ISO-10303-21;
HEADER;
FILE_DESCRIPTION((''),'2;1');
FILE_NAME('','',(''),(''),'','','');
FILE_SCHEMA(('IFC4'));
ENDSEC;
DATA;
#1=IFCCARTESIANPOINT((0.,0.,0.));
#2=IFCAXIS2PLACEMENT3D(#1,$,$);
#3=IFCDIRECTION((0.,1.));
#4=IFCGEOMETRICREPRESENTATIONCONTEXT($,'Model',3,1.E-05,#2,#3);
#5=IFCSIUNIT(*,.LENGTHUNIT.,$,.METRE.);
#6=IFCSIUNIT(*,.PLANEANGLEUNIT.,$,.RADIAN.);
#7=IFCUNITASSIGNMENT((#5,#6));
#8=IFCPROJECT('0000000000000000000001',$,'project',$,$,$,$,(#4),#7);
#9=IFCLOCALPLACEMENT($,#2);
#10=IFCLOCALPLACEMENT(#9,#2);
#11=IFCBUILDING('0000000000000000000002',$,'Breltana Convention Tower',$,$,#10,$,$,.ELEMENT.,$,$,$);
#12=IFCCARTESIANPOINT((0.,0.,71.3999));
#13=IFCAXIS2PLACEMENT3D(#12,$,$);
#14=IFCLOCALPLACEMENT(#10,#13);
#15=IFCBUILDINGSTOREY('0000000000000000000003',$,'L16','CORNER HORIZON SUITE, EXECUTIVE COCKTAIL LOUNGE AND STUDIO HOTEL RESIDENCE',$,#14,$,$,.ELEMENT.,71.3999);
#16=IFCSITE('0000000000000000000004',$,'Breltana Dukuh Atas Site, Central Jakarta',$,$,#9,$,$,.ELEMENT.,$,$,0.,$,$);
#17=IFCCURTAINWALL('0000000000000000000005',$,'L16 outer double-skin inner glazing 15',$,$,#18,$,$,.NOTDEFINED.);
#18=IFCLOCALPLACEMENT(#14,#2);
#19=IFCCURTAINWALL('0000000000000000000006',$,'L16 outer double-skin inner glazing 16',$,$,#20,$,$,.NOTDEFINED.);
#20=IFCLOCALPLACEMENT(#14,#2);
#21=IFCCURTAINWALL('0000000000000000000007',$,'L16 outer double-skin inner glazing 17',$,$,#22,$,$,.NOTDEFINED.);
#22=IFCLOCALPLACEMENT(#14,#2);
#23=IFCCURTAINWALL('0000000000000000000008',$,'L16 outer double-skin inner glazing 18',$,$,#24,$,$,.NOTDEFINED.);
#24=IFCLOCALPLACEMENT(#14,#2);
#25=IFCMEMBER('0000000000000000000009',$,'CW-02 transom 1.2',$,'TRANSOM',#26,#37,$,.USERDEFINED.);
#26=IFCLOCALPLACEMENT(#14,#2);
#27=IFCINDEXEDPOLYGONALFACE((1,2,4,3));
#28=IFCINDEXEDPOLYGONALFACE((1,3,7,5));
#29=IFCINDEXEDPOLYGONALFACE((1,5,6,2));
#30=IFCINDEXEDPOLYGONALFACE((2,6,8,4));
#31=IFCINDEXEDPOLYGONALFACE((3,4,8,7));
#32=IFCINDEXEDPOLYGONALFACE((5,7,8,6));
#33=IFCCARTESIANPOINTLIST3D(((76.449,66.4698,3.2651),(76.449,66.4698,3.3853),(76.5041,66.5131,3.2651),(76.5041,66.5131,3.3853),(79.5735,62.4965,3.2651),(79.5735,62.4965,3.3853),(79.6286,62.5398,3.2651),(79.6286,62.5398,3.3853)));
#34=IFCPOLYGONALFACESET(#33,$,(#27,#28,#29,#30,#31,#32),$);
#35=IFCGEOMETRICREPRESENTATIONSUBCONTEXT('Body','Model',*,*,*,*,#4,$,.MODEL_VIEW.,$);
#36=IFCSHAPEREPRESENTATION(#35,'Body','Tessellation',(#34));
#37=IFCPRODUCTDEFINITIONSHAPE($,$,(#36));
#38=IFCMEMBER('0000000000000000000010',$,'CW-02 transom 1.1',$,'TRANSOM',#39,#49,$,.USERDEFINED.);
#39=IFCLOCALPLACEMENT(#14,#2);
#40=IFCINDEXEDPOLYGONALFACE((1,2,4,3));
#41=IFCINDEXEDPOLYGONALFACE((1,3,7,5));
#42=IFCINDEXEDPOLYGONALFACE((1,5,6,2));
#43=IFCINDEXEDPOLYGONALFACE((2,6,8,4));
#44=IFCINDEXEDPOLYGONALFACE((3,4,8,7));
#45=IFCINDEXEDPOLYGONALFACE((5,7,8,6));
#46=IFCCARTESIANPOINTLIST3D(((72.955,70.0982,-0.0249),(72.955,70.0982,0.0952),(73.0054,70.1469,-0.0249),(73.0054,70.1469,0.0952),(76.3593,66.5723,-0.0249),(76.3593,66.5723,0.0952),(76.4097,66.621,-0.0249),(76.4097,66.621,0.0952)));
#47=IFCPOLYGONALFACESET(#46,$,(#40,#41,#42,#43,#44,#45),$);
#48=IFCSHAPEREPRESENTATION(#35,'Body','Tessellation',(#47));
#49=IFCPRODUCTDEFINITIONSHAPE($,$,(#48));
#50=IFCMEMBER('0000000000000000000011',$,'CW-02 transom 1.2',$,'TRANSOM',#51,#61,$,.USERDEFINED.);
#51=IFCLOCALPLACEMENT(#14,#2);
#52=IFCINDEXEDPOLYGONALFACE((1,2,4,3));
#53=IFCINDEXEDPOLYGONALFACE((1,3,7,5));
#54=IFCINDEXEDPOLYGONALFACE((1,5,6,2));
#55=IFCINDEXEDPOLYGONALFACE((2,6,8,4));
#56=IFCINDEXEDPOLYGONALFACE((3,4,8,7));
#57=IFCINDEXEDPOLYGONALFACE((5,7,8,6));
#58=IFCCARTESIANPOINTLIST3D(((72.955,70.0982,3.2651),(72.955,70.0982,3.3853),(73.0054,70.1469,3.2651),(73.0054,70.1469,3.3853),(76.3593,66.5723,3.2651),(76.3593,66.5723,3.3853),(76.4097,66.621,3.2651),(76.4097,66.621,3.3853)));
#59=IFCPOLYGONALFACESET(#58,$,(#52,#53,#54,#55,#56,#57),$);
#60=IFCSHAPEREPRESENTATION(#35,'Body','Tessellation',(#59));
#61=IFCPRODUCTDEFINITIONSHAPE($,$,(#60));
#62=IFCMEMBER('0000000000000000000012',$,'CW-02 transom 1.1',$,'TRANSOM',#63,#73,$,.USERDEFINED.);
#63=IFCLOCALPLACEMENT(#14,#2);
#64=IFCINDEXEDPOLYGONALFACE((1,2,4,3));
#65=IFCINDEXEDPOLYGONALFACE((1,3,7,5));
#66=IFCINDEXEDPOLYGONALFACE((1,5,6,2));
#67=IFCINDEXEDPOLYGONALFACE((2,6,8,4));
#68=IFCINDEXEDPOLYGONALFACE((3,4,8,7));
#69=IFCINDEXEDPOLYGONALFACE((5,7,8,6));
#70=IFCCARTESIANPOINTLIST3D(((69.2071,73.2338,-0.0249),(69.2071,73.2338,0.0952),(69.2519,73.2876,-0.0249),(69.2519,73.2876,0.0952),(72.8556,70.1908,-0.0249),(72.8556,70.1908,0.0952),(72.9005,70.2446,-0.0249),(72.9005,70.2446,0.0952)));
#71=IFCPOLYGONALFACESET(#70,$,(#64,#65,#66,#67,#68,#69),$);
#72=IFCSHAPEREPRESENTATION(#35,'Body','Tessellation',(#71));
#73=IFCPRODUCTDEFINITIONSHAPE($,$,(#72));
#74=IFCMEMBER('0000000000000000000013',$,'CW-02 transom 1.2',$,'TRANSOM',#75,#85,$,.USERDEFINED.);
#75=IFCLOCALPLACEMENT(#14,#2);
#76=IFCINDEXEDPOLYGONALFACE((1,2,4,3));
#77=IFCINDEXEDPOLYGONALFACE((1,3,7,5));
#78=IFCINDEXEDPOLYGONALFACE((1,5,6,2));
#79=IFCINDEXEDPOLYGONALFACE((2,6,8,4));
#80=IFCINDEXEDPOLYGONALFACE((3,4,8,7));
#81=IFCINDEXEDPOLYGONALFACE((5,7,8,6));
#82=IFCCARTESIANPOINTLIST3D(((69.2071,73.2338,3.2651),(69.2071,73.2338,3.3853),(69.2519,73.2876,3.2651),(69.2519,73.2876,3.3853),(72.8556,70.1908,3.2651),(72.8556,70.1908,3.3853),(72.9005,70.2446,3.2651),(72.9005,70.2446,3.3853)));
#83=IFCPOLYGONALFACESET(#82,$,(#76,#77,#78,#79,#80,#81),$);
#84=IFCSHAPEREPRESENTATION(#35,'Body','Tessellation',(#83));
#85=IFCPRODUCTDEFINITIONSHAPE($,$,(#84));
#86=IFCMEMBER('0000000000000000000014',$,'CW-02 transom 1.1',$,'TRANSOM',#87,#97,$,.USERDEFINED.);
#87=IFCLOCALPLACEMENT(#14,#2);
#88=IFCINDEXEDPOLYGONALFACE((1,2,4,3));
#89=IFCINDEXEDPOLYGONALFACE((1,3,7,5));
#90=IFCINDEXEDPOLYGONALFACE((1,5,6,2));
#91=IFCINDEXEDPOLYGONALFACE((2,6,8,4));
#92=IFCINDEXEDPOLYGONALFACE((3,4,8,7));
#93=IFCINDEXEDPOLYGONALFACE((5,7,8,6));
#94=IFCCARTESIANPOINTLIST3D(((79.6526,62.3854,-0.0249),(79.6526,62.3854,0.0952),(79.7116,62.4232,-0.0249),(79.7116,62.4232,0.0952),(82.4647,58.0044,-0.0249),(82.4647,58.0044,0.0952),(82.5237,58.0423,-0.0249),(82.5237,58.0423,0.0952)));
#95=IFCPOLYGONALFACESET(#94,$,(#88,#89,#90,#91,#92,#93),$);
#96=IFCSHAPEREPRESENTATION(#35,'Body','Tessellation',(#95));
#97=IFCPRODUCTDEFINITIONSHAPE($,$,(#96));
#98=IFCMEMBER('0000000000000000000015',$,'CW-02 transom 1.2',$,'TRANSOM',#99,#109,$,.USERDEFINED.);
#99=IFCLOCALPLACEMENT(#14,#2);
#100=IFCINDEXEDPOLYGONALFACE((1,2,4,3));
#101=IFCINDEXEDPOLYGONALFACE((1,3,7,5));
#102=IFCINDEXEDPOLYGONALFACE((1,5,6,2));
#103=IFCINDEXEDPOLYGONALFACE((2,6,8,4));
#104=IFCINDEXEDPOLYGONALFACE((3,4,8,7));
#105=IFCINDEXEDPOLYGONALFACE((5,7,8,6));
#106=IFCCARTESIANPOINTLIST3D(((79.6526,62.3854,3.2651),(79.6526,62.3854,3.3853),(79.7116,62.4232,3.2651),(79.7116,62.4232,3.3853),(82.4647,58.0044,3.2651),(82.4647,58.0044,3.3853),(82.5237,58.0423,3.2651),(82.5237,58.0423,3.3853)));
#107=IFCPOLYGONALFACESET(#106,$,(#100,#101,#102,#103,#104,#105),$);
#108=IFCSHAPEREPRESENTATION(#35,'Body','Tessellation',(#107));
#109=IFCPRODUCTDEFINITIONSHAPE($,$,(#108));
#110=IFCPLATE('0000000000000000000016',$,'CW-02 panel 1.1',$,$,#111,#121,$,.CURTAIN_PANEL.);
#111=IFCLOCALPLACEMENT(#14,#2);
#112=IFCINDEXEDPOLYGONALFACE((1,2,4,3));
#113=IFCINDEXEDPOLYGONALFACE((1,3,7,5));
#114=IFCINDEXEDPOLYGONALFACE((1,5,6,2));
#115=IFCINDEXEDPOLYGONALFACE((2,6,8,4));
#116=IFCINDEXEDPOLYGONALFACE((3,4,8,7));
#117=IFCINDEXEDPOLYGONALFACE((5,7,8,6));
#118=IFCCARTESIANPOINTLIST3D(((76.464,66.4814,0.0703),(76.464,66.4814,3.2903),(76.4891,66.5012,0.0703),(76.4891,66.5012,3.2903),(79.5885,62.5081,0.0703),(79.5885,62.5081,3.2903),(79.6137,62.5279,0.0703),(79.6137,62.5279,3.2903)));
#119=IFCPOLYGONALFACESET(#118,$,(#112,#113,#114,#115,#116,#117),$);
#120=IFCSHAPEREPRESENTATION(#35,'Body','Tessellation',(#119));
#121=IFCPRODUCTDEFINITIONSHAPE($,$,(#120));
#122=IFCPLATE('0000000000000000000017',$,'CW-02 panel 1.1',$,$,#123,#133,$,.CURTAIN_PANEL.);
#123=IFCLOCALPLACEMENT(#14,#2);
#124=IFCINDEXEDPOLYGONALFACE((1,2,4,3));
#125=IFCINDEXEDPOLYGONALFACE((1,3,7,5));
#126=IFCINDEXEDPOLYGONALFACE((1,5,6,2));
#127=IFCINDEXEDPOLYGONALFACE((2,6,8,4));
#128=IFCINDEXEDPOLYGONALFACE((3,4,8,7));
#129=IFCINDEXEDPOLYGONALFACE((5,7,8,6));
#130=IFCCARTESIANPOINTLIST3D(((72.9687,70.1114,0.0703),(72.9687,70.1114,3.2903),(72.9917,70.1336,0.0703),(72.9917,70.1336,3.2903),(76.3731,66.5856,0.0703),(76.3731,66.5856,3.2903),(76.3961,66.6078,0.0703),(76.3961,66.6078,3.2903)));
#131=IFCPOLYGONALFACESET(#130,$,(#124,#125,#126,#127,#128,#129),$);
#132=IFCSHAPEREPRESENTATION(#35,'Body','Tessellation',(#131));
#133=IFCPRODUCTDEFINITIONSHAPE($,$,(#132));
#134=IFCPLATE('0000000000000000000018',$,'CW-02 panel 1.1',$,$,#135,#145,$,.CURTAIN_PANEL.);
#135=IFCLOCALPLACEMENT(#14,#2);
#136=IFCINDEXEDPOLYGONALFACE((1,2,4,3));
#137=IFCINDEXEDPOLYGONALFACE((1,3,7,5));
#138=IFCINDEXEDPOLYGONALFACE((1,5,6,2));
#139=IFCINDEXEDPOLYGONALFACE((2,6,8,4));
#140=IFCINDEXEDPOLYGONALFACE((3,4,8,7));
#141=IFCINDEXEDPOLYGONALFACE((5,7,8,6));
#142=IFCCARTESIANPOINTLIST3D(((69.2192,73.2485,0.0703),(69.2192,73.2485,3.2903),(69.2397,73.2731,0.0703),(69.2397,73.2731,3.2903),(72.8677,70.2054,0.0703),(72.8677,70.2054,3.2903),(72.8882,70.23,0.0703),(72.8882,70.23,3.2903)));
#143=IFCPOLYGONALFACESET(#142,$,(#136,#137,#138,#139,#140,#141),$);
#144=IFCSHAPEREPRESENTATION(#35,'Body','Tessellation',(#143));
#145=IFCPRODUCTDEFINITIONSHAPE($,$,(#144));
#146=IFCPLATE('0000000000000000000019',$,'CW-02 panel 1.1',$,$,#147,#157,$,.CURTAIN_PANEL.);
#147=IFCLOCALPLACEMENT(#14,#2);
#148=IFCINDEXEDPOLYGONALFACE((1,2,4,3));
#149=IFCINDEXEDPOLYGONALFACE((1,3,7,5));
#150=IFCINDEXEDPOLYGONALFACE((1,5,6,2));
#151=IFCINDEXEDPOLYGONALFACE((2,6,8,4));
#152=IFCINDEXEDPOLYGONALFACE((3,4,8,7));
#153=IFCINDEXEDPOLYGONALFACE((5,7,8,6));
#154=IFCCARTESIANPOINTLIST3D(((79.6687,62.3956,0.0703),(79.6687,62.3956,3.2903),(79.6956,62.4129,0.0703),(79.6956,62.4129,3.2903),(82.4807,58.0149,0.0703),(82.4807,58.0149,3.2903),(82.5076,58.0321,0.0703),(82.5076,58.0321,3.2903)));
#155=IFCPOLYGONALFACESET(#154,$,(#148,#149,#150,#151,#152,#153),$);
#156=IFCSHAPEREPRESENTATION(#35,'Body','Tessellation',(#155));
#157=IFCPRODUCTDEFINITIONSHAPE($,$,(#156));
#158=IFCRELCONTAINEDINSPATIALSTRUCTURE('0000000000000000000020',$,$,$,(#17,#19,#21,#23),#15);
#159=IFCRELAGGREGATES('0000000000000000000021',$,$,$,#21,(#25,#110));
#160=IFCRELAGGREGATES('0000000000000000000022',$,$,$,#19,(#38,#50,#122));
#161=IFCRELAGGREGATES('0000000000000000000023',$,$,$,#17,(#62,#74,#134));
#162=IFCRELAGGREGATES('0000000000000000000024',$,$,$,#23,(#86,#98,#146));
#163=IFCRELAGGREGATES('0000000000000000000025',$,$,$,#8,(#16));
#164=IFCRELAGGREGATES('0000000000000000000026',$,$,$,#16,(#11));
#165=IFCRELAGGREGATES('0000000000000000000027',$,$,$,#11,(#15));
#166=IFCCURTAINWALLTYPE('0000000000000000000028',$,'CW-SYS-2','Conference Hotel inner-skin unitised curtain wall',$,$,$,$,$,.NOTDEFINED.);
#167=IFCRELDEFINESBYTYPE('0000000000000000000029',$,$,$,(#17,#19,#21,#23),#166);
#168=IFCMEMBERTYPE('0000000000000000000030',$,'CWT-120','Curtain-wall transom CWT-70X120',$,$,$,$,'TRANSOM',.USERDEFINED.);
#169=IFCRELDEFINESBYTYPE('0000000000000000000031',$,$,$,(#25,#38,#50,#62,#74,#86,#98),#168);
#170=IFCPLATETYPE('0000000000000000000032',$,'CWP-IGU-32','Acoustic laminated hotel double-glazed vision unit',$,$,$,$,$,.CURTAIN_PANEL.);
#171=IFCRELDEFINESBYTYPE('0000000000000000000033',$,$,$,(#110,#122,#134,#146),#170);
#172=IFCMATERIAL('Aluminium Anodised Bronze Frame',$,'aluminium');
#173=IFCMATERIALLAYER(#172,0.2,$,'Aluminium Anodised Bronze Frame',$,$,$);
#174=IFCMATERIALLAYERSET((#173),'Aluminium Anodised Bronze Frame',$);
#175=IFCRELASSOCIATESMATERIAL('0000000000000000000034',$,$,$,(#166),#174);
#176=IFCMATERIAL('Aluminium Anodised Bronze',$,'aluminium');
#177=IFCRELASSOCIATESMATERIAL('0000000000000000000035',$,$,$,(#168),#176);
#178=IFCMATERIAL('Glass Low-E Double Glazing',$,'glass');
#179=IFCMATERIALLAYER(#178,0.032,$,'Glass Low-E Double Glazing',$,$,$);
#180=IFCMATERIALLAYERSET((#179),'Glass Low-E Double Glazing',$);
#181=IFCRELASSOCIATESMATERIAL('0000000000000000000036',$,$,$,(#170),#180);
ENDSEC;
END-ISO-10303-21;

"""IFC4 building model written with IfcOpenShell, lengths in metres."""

from ifc_helpers import new_model, si_unit, direction, frame, origin, origin_2d, place, context, subcontext, project, spatial, rectangle, extrude, source, transform, mapped, material, layer, layer_set, material_profile, profile_set, type_object, element, aggregate, save


model = new_model("IFC4")

# Units and contexts
model_context = context("Model", 3, precision=1e-05, world=origin(), true_north=direction((0.0, 1.0)))
body_context = subcontext(model_context, "Body", "Model", "MODEL_VIEW")
ifc_project = project(units=[si_unit("LENGTHUNIT", "METRE"), si_unit("PLANEANGLEUNIT", "RADIAN")], contexts=[model_context])

# Site, building, storey
site_placement = place(None, origin())
site = spatial("IfcSite", under=ifc_project, at=site_placement, Name="Breltana Dukuh Atas Site, Central Jakarta", CompositionType="ELEMENT", RefElevation=0.0)
building_placement = place(site_placement, origin())
building = spatial("IfcBuilding", under=site, at=building_placement, Name="Breltana Convention Tower", CompositionType="ELEMENT")
storey_placement = place(building_placement, frame((0.0, 0.0, 71.3999)))
storey = spatial("IfcBuildingStorey", under=building, at=storey_placement, Name="L16", Description="CORNER HORIZON SUITE, EXECUTIVE COCKTAIL LOUNGE AND STUDIO HOTEL RESIDENCE", CompositionType="ELEMENT", Elevation=71.3999)

# Curtain walls
ifc_material_1 = material(Name="Aluminium Anodised Bronze Frame", Category="aluminium")
ifc_layer_1 = layer(ifc_material_1, 0.2, Name="Aluminium Anodised Bronze Frame")
ifc_layer_set_1 = layer_set([ifc_layer_1], Name="Aluminium Anodised Bronze Frame")
curtain_wall_type = type_object("IfcCurtainWallType", Name="CW-SYS-2", Description="Conference Hotel inner-skin unitised curtain wall", PredefinedType="NOTDEFINED", material=ifc_layer_set_1)
curtain_wall_1_placement = place(storey_placement, origin())
curtain_wall_1 = element("IfcCurtainWall", 1, at=curtain_wall_1_placement, inside=storey, type_object=curtain_wall_type, Name="L16 outer double-skin inner glazing 15", PredefinedType="NOTDEFINED")
ifc_material_2 = material(Name="Aluminium Anodised Bronze", Category="aluminium")
curtain_wall_2_placement = place(storey_placement, origin())
curtain_wall_2 = element("IfcCurtainWall", 2, at=curtain_wall_2_placement, inside=storey, type_object=curtain_wall_type, Name="L16 outer double-skin inner glazing 16", PredefinedType="NOTDEFINED")
curtain_wall_3_placement = place(storey_placement, origin())
curtain_wall_3 = element("IfcCurtainWall", 3, at=curtain_wall_3_placement, inside=storey, type_object=curtain_wall_type, Name="L16 outer double-skin inner glazing 17", PredefinedType="NOTDEFINED")
curtain_wall_4_placement = place(storey_placement, origin())
curtain_wall_4 = element("IfcCurtainWall", 4, at=curtain_wall_4_placement, inside=storey, type_object=curtain_wall_type, Name="L16 outer double-skin inner glazing 18", PredefinedType="NOTDEFINED")

# Members
ifc_material_profile_1 = material_profile(ifc_material_2, rectangle(XDim=0.0701, YDim=0.1201, at=origin_2d()), Name="CWT-70X120")
ifc_profile_set_1 = profile_set([ifc_material_profile_1], Name="Aluminium Anodised Bronze")
member_type_1 = type_object("IfcMemberType", Name="CWT-120", Description="Curtain-wall transom CWT-70X120", ElementType="TRANSOM", PredefinedType="USERDEFINED", material=ifc_profile_set_1)
shared_shape_1 = source(origin(), body_context, "Body", "SweptSolid", [
    extrude(rectangle(XDim=0.0701, YDim=0.1201, at=origin_2d()), origin(), (0.0, 0.0, 1.0), 5.0547),
])
member_1_placement = place(storey_placement, frame((76.4766, 66.4915, 3.3252), z_axis=(0.618135, -0.786072, 0.0), x_axis=(0.786072, 0.618135, 0.0)))
member_1 = element("IfcMember", 5, at=member_1_placement, type_object=member_type_1, Name="CW-02 transom 1.2", ObjectType="TRANSOM", PredefinedType="USERDEFINED", context=body_context, shape_type="MappedRepresentation", body=[
    mapped(shared_shape_1, transform((0.0, 0.0, 0.0), scale=1.0)),
])
shared_shape_2 = source(origin(), body_context, "Body", "SweptSolid", [
    extrude(rectangle(XDim=0.0701, YDim=0.1201, at=origin_2d()), origin(), (0.0, 0.0, 1.0), 4.9011),
])
member_2_placement = place(storey_placement, frame((72.9802, 70.1226, 0.0352), z_axis=(0.694595, -0.719401, 0.0), x_axis=(0.719401, 0.694595, 0.0)))
member_2 = element("IfcMember", 6, at=member_2_placement, type_object=member_type_1, Name="CW-02 transom 1.1", ObjectType="TRANSOM", PredefinedType="USERDEFINED", context=body_context, shape_type="MappedRepresentation", body=[
    mapped(shared_shape_2, transform((0.0, 0.0, 0.0), scale=1.0)),
])
member_3_placement = place(storey_placement, frame((72.9802, 70.1226, 3.3252), z_axis=(0.694595, -0.719401, 0.0), x_axis=(0.719401, 0.694595, 0.0)))
member_3 = element("IfcMember", 7, at=member_3_placement, type_object=member_type_1, Name="CW-02 transom 1.2", ObjectType="TRANSOM", PredefinedType="USERDEFINED", context=body_context, shape_type="MappedRepresentation", body=[
    mapped(shared_shape_2, transform((0.0, 0.0, 0.0), scale=1.0)),
])
shared_shape_3 = source(origin(), body_context, "Body", "SweptSolid", [
    extrude(rectangle(XDim=0.0701, YDim=0.1201, at=origin_2d()), origin(), (0.0, 0.0, 1.0), 4.751),
])
member_4_placement = place(storey_placement, frame((69.2295, 73.2607, 0.0352), z_axis=(0.767952, -0.640508, 0.0), x_axis=(0.640508, 0.767952, 0.0)))
member_4 = element("IfcMember", 8, at=member_4_placement, type_object=member_type_1, Name="CW-02 transom 1.1", ObjectType="TRANSOM", PredefinedType="USERDEFINED", context=body_context, shape_type="MappedRepresentation", body=[
    mapped(shared_shape_3, transform((0.0, 0.0, 0.0), scale=1.0)),
])
member_5_placement = place(storey_placement, frame((69.2295, 73.2607, 3.3252), z_axis=(0.767952, -0.640508, 0.0), x_axis=(0.640508, 0.767952, 0.0)))
member_5 = element("IfcMember", 9, at=member_5_placement, type_object=member_type_1, Name="CW-02 transom 1.2", ObjectType="TRANSOM", PredefinedType="USERDEFINED", context=body_context, shape_type="MappedRepresentation", body=[
    mapped(shared_shape_3, transform((0.0, 0.0, 0.0), scale=1.0)),
])
shared_shape_4 = source(origin(), body_context, "Body", "SweptSolid", [
    extrude(rectangle(XDim=0.0701, YDim=0.1201, at=origin_2d()), origin(), (0.0, 0.0, 1.0), 5.2058),
])
member_6_placement = place(storey_placement, frame((79.6821, 62.4043, 0.0352), z_axis=(0.540179, -0.84155, 0.0), x_axis=(0.84155, 0.540179, 0.0)))
member_6 = element("IfcMember", 10, at=member_6_placement, type_object=member_type_1, Name="CW-02 transom 1.1", ObjectType="TRANSOM", PredefinedType="USERDEFINED", context=body_context, shape_type="MappedRepresentation", body=[
    mapped(shared_shape_4, transform((0.0, 0.0, 0.0), scale=1.0)),
])
member_7_placement = place(storey_placement, frame((79.6821, 62.4043, 3.3252), z_axis=(0.540179, -0.84155, 0.0), x_axis=(0.84155, 0.540179, 0.0)))
member_7 = element("IfcMember", 11, at=member_7_placement, type_object=member_type_1, Name="CW-02 transom 1.2", ObjectType="TRANSOM", PredefinedType="USERDEFINED", context=body_context, shape_type="MappedRepresentation", body=[
    mapped(shared_shape_4, transform((0.0, 0.0, 0.0), scale=1.0)),
])

# Plates
ifc_material_3 = material(Name="Glass Low-E Double Glazing", Category="glass")
ifc_layer_2 = layer(ifc_material_3, 0.032, Name="Glass Low-E Double Glazing")
ifc_layer_set_2 = layer_set([ifc_layer_2], Name="Glass Low-E Double Glazing")
plate_type = type_object("IfcPlateType", Name="CWP-IGU-32", Description="Acoustic laminated hotel double-glazed vision unit", PredefinedType="CURTAIN_PANEL", material=ifc_layer_set_2)
shared_shape_5 = source(origin(), body_context, "Body", "SweptSolid", [
    extrude(rectangle(XDim=5.0547, YDim=0.032, at=origin_2d()), origin(), (0.0, 0.0, 1.0), 3.22),
])
plate_1_placement = place(storey_placement, frame((78.0388, 64.5046, 0.0703), z_axis=(0.0, 0.0, 1.0), x_axis=(0.618154, -0.786057, 0.0)))
plate_1 = element("IfcPlate", 12, at=plate_1_placement, type_object=plate_type, Name="CW-02 panel 1.1", PredefinedType="CURTAIN_PANEL", context=body_context, shape_type="MappedRepresentation", body=[
    mapped(shared_shape_5, transform((0.0, 0.0, 0.0), scale=1.0)),
])
aggregate(curtain_wall_3, [member_1, plate_1])
shared_shape_6 = source(origin(), body_context, "Body", "SweptSolid", [
    extrude(rectangle(XDim=4.9011, YDim=0.032, at=origin_2d()), origin(), (0.0, 0.0, 1.0), 3.22),
])
plate_2_placement = place(storey_placement, frame((74.6824, 68.3596, 0.0703), z_axis=(0.0, 0.0, 1.0), x_axis=(0.69461, -0.719386, 0.0)))
plate_2 = element("IfcPlate", 13, at=plate_2_placement, type_object=plate_type, Name="CW-02 panel 1.1", PredefinedType="CURTAIN_PANEL", context=body_context, shape_type="MappedRepresentation", body=[
    mapped(shared_shape_6, transform((0.0, 0.0, 0.0), scale=1.0)),
])
aggregate(curtain_wall_2, [member_2, member_3, plate_2])
shared_shape_7 = source(origin(), body_context, "Body", "SweptSolid", [
    extrude(rectangle(XDim=4.751, YDim=0.032, at=origin_2d()), origin(), (0.0, 0.0, 1.0), 3.22),
])
plate_3_placement = place(storey_placement, frame((71.0537, 71.7393, 0.0703), z_axis=(0.0, 0.0, 1.0), x_axis=(0.767941, -0.64052, 0.0)))
plate_3 = element("IfcPlate", 14, at=plate_3_placement, type_object=plate_type, Name="CW-02 panel 1.1", PredefinedType="CURTAIN_PANEL", context=body_context, shape_type="MappedRepresentation", body=[
    mapped(shared_shape_7, transform((0.0, 0.0, 0.0), scale=1.0)),
])
aggregate(curtain_wall_1, [member_4, member_5, plate_3])
shared_shape_8 = source(origin(), body_context, "Body", "SweptSolid", [
    extrude(rectangle(XDim=5.2056, YDim=0.032, at=origin_2d()), origin(), (0.0, 0.0, 1.0), 3.22),
])
plate_4_placement = place(storey_placement, frame((81.0881, 60.2139, 0.0703), z_axis=(0.0, 0.0, 1.0), x_axis=(0.540181, -0.841549, 0.0)))
plate_4 = element("IfcPlate", 15, at=plate_4_placement, type_object=plate_type, Name="CW-02 panel 1.1", PredefinedType="CURTAIN_PANEL", context=body_context, shape_type="MappedRepresentation", body=[
    mapped(shared_shape_8, transform((0.0, 0.0, 0.0), scale=1.0)),
])
aggregate(curtain_wall_4, [member_6, member_7, plate_4])

save(model, "model.ifc")
